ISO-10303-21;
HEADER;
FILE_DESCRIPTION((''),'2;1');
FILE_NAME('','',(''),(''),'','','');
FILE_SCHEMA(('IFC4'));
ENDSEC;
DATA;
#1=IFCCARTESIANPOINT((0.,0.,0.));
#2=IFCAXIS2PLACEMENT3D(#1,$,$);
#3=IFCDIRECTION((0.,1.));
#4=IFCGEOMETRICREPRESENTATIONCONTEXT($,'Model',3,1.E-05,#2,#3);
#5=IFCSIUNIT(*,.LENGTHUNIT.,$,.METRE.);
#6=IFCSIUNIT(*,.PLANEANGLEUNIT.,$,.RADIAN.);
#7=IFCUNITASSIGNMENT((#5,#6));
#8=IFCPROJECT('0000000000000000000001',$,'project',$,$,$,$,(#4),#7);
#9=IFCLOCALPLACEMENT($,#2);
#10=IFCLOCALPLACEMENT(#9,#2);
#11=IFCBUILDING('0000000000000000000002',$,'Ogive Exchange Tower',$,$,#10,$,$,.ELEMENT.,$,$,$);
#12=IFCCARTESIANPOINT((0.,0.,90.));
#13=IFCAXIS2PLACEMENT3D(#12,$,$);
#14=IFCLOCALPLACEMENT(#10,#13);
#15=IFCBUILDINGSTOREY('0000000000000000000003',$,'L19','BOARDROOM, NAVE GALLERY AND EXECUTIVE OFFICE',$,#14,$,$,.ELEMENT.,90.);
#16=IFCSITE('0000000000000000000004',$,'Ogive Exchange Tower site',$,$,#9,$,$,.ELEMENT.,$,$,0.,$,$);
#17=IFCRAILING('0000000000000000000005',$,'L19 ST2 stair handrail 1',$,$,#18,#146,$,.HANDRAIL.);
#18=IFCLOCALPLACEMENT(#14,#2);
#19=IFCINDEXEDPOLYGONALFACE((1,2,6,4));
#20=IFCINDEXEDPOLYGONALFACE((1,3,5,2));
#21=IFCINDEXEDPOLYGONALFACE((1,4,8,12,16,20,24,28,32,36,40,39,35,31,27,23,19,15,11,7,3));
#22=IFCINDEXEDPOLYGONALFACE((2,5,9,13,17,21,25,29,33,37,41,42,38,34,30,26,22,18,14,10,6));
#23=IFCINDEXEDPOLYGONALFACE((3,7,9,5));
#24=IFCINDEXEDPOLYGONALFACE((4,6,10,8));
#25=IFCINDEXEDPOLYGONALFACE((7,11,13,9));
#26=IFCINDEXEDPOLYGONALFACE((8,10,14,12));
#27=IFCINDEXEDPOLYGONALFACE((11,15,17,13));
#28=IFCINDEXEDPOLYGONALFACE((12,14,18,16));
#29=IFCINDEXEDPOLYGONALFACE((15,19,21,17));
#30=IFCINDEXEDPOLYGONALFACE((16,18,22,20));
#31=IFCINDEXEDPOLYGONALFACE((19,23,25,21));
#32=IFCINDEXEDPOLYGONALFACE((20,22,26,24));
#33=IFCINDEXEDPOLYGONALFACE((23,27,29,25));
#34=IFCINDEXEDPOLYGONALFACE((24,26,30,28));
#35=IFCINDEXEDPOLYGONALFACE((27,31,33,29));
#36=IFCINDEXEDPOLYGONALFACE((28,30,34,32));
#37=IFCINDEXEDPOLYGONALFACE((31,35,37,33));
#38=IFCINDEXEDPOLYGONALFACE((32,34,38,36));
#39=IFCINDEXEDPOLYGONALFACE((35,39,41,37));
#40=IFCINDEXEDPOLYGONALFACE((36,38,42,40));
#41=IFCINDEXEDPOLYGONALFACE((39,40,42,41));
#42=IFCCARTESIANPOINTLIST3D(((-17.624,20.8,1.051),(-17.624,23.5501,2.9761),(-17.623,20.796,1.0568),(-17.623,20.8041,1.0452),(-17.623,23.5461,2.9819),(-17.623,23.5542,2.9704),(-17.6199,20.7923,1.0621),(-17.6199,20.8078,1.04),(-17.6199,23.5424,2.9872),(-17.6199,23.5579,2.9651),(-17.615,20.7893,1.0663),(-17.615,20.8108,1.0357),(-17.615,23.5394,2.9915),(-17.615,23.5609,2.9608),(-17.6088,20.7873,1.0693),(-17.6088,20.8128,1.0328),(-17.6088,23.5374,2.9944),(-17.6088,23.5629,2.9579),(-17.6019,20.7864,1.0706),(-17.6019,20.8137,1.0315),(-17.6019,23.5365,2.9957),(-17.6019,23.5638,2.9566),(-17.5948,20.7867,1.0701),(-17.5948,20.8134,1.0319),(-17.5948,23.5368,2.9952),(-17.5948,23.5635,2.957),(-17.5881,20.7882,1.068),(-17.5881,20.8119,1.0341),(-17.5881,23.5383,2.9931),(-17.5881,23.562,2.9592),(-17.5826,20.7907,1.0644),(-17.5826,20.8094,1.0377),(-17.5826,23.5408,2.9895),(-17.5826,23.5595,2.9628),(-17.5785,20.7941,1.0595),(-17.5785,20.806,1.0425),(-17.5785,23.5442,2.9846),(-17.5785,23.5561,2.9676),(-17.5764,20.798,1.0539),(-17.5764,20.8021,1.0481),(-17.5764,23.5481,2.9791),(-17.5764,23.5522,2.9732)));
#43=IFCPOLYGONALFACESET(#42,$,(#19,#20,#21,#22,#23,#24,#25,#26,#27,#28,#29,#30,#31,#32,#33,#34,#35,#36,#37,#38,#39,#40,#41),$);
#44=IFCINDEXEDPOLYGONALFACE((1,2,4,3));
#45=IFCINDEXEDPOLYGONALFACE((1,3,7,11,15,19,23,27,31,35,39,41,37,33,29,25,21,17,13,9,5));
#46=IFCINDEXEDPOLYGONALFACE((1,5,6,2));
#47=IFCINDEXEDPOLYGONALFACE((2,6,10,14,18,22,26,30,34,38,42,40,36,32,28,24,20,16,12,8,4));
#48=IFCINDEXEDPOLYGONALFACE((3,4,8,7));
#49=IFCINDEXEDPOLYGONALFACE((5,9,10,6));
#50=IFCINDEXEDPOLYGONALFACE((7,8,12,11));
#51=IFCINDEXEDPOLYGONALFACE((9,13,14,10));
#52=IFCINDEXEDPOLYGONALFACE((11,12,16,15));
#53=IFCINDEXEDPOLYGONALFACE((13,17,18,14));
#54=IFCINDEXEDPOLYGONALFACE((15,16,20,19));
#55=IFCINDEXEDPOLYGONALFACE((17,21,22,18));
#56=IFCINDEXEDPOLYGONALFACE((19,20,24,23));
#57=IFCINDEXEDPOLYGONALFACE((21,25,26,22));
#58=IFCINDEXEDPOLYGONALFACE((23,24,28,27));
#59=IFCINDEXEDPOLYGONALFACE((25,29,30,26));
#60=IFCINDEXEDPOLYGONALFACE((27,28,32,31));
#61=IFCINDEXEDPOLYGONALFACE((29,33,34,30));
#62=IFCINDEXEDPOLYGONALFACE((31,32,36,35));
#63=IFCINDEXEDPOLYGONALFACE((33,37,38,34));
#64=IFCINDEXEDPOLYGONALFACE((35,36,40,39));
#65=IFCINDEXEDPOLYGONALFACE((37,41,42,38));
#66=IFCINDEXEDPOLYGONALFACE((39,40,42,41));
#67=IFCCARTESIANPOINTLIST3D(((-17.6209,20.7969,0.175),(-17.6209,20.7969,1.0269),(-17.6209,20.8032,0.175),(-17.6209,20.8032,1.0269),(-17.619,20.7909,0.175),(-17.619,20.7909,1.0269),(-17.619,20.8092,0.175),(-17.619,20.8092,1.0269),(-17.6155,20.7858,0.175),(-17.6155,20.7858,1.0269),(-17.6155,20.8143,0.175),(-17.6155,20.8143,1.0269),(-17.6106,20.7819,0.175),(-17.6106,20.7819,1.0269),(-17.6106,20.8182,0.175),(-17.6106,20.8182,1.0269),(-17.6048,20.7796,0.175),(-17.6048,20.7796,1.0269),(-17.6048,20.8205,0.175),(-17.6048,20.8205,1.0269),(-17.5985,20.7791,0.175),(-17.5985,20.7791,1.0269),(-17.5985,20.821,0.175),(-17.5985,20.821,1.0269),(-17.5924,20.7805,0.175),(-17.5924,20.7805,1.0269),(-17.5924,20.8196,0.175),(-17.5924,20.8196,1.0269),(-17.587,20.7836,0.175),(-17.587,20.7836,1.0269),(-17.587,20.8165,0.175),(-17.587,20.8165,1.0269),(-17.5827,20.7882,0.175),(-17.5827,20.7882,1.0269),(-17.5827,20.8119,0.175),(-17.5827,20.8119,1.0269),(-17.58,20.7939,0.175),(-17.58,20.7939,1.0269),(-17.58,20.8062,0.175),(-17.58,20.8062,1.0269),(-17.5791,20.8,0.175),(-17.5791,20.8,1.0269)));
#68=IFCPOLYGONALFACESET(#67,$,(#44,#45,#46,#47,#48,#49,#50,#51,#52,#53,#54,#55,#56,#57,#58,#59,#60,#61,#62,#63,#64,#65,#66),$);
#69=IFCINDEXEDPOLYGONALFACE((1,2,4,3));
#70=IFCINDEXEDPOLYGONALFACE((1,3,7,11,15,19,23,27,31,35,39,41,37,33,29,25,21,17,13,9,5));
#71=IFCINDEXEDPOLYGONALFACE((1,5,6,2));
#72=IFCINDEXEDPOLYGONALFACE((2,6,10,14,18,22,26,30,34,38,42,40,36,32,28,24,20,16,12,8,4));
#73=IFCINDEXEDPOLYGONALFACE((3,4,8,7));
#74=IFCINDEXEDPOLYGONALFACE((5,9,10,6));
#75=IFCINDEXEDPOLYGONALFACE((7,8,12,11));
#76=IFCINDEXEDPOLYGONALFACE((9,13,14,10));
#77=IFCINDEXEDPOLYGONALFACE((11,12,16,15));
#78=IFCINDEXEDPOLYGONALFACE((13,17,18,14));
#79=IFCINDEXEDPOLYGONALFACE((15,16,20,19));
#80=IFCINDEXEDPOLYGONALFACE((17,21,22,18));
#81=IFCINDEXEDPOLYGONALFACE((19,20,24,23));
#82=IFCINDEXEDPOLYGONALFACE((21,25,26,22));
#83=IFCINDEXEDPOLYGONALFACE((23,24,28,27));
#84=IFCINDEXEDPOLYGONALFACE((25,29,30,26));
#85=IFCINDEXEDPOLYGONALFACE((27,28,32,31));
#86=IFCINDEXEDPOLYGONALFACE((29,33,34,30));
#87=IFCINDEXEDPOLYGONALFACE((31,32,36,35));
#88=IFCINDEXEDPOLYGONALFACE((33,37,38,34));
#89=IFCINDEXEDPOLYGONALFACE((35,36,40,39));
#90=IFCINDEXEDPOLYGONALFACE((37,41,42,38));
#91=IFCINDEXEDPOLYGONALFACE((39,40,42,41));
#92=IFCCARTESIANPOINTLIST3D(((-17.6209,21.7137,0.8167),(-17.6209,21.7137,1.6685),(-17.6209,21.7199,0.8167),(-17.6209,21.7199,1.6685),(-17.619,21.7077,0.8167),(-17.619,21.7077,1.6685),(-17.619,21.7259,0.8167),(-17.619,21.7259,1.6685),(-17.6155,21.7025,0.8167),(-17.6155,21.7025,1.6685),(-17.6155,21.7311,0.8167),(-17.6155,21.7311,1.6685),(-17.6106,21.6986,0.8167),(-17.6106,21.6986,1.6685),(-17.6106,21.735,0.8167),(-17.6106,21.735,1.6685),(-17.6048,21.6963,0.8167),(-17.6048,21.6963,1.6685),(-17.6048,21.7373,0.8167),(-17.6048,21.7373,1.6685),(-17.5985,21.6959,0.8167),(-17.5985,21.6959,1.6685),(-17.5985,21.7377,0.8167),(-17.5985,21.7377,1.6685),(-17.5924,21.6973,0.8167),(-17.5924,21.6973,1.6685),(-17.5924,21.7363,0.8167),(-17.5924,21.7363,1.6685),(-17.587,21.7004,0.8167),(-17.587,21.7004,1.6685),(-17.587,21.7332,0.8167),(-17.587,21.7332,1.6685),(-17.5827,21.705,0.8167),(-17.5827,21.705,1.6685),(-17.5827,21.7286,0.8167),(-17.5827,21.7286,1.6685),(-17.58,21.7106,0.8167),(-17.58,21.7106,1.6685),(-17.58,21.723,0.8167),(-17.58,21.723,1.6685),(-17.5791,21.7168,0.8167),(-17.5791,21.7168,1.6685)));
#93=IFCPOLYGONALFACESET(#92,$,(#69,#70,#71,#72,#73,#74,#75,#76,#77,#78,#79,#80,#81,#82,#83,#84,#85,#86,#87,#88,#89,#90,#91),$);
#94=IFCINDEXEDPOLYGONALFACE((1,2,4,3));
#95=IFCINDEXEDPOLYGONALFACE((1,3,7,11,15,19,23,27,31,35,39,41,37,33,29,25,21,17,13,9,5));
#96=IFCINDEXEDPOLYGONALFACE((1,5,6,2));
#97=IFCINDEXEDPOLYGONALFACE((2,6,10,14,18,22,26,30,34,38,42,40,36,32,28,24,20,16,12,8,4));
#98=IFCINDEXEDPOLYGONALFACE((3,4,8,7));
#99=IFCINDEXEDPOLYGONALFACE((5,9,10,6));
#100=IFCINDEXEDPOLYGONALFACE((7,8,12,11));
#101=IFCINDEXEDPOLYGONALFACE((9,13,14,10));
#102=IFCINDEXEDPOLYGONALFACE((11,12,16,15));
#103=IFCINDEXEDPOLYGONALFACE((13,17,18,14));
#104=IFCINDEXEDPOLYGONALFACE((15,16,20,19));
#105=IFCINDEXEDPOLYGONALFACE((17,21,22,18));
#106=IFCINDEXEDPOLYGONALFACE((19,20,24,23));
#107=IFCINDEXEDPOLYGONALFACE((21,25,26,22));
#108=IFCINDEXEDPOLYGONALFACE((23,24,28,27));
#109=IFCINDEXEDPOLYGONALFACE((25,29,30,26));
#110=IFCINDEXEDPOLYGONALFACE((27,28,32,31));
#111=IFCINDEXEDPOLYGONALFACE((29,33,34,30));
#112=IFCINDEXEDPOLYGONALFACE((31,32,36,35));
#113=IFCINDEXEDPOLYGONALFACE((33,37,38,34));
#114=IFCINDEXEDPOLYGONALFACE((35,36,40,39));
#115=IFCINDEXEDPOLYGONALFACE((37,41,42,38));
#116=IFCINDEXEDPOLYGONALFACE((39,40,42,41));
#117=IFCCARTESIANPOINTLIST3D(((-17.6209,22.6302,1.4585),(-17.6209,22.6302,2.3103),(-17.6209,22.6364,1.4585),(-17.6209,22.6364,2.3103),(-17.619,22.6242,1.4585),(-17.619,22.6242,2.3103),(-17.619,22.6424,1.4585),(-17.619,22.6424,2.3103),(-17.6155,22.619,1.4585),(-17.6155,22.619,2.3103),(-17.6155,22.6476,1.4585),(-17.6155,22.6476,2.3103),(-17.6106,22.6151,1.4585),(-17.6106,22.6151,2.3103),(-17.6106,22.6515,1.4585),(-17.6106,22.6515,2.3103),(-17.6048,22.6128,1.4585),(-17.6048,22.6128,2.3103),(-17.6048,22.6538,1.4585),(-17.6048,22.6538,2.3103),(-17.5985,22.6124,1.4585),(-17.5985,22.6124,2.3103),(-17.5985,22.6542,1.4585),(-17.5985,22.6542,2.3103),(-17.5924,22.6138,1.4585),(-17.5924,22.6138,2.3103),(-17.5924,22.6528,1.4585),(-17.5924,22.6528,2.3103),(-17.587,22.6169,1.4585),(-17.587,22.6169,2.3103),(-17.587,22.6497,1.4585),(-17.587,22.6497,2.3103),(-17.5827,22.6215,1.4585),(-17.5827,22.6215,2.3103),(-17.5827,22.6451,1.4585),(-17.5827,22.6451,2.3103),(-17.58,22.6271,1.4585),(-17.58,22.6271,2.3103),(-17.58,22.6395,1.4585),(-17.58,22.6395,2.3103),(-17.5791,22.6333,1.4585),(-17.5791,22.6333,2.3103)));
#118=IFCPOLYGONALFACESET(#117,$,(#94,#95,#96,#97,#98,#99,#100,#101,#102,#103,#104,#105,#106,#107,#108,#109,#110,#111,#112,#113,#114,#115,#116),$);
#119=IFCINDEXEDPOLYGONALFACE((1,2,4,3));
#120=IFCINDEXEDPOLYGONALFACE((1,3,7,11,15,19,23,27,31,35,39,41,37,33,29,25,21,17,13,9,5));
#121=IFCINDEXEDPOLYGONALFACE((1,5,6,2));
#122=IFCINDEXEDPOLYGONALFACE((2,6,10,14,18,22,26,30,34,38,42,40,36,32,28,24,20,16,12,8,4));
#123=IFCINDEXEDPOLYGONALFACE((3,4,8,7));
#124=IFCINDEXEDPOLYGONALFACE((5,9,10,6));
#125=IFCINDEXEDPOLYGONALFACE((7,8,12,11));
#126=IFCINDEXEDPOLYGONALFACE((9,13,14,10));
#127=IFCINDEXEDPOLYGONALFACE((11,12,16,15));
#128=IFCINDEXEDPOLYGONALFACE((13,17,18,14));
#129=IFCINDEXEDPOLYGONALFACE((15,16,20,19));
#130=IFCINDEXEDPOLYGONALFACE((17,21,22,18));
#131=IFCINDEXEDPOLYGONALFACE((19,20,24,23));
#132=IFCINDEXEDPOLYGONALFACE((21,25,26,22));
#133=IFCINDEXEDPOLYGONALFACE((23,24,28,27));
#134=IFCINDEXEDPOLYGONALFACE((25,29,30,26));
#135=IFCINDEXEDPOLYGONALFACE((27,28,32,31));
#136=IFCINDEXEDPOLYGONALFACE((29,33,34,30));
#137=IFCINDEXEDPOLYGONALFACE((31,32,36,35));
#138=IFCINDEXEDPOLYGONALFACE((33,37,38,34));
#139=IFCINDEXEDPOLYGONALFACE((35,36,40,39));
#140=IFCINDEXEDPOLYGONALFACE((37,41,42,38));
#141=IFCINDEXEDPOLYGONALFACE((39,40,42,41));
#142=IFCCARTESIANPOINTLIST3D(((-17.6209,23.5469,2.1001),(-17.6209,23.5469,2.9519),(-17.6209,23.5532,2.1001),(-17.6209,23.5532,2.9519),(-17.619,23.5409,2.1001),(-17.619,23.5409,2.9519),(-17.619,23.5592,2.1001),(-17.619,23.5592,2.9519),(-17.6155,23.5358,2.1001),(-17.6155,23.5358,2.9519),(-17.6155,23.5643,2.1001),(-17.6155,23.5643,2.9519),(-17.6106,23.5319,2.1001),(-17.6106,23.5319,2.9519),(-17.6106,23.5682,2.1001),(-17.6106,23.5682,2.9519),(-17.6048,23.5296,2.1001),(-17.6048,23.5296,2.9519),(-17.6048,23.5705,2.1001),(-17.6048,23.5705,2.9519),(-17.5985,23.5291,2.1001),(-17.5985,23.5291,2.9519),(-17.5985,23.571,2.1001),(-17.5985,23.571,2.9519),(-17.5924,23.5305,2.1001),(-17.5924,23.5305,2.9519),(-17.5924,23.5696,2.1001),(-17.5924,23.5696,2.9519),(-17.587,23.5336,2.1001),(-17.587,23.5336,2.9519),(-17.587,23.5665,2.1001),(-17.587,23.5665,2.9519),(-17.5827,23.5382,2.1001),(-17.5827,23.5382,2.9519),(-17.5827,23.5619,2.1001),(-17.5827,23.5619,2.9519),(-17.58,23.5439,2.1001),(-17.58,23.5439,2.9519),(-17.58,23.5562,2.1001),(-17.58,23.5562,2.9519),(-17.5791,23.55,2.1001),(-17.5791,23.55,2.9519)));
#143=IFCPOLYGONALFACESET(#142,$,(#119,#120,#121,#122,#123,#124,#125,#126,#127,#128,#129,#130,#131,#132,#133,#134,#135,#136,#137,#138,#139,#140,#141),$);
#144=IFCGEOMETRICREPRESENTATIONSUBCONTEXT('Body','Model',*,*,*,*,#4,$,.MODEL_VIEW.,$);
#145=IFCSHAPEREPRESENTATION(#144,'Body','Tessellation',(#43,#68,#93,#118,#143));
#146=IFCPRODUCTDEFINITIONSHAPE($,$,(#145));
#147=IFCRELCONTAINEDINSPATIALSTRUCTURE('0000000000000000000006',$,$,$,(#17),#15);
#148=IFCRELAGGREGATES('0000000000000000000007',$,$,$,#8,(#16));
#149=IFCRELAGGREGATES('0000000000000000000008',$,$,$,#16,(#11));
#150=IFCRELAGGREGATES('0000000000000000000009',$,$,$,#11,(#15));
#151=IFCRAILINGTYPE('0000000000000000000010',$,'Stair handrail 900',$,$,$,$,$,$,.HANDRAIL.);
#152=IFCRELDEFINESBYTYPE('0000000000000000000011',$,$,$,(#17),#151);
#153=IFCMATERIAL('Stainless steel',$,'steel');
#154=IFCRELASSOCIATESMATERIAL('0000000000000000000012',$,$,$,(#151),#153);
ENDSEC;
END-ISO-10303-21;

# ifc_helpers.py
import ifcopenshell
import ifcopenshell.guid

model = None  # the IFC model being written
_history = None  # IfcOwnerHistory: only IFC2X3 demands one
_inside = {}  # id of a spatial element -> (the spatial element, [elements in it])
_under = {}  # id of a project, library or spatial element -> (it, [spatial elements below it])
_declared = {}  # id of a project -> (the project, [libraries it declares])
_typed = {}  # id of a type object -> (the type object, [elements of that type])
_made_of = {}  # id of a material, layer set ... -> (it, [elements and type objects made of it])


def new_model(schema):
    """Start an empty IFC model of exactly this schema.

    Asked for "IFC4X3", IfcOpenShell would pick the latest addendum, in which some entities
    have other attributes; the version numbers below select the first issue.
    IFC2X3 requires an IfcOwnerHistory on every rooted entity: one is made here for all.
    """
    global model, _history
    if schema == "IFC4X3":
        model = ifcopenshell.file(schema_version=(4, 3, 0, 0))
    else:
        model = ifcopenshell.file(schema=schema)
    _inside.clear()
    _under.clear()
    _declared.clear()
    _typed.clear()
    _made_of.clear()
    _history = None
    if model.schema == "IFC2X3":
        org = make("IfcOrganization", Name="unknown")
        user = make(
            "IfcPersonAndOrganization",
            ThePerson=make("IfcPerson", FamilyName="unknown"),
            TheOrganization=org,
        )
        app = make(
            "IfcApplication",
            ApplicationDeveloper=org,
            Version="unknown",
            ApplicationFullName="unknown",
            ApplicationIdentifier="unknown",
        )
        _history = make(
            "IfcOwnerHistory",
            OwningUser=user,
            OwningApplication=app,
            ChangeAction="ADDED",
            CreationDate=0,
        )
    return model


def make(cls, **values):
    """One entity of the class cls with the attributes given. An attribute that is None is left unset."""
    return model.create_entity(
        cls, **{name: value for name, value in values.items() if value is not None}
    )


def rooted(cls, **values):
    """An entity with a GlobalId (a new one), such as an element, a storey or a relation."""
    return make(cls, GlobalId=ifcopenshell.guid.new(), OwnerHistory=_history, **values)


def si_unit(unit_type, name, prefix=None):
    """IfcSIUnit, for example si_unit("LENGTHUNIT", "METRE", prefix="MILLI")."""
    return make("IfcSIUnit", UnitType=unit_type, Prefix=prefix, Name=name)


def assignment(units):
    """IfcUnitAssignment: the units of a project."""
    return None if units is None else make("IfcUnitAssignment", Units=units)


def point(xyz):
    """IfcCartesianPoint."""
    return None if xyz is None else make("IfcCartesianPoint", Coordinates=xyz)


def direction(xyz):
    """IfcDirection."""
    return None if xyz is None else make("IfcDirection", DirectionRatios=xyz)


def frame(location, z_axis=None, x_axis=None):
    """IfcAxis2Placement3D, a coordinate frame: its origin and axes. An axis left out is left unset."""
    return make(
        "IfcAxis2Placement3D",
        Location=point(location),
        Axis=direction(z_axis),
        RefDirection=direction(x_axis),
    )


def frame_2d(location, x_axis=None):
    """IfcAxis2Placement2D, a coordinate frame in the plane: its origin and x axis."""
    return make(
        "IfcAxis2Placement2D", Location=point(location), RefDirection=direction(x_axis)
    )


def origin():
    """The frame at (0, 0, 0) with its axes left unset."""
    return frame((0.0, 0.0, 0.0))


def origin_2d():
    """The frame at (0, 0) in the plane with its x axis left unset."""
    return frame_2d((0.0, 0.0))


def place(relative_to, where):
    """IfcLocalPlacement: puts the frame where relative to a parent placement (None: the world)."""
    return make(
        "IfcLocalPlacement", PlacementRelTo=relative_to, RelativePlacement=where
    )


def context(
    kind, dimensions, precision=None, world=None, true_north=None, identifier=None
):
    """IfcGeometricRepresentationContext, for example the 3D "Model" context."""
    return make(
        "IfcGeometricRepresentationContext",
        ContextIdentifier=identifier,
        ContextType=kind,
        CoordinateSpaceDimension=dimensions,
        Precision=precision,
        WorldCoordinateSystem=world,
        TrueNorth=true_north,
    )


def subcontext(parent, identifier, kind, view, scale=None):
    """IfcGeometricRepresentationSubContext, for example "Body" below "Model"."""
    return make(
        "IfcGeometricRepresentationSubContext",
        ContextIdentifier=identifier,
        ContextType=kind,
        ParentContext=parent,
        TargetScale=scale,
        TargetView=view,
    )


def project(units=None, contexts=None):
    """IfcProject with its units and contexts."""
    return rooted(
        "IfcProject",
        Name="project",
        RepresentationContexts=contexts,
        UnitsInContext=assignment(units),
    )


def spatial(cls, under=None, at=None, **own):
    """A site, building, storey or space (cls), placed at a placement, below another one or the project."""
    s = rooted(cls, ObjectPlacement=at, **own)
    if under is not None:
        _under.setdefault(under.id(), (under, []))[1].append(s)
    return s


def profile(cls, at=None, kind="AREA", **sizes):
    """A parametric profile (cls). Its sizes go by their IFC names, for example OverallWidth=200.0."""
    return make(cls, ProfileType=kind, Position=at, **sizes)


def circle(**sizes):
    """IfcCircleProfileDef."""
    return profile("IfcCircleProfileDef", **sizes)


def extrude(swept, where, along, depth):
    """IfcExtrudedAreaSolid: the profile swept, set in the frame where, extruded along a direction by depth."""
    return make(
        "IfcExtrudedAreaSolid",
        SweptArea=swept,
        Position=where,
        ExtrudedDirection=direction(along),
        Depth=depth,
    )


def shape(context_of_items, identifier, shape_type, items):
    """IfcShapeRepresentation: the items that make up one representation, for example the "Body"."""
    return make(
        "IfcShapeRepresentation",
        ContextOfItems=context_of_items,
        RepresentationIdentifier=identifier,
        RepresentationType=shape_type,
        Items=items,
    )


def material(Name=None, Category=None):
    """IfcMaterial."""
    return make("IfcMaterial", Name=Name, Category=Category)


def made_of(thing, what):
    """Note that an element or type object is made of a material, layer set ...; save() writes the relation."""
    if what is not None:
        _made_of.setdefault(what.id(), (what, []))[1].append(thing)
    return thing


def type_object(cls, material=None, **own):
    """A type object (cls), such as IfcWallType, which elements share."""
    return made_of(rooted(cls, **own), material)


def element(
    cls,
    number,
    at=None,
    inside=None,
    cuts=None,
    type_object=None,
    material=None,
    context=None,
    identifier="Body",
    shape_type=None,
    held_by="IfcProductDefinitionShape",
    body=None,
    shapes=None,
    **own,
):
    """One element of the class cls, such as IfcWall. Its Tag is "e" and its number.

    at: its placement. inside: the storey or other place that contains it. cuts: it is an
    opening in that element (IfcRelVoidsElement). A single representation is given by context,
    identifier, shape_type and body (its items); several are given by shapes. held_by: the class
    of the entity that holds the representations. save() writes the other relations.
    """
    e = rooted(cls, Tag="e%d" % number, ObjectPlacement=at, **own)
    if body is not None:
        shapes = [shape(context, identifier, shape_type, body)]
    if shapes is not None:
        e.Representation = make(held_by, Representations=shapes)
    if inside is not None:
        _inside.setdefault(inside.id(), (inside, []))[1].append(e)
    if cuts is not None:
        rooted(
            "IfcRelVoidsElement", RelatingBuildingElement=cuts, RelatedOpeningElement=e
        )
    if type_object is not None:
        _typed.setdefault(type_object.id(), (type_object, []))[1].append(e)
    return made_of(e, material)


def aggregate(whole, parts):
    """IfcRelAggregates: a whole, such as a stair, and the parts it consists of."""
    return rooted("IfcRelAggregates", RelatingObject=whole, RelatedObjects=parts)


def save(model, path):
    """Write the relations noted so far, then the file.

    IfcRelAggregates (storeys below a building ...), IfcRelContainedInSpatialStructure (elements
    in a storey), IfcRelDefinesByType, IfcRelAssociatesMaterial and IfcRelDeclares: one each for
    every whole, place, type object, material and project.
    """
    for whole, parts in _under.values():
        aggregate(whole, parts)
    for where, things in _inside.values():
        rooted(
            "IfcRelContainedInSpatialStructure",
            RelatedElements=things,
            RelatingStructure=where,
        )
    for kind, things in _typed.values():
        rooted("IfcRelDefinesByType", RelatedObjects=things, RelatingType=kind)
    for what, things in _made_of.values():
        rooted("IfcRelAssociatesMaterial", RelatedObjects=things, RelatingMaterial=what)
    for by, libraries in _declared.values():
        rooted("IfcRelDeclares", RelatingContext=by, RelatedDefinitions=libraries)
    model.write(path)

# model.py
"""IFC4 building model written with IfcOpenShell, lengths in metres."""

from ifc_helpers import new_model, si_unit, direction, frame, origin, origin_2d, place, context, subcontext, project, spatial, circle, extrude, material, type_object, element, save


model = new_model("IFC4")

# Units and contexts
model_context = context("Model", 3, precision=1e-05, world=origin(), true_north=direction((0.0, 1.0)))
body_context = subcontext(model_context, "Body", "Model", "MODEL_VIEW")
ifc_project = project(units=[si_unit("LENGTHUNIT", "METRE"), si_unit("PLANEANGLEUNIT", "RADIAN")], contexts=[model_context])

# Site, building, storey
site_placement = place(None, origin())
site = spatial("IfcSite", under=ifc_project, at=site_placement, Name="Ogive Exchange Tower site", CompositionType="ELEMENT", RefElevation=0.0)
building_placement = place(site_placement, origin())
building = spatial("IfcBuilding", under=site, at=building_placement, Name="Ogive Exchange Tower", CompositionType="ELEMENT")
storey_placement = place(building_placement, frame((0.0, 0.0, 90.0)))
storey = spatial("IfcBuildingStorey", under=building, at=storey_placement, Name="L19", Description="BOARDROOM, NAVE GALLERY AND EXECUTIVE OFFICE", CompositionType="ELEMENT", Elevation=90.0)

# Railing
ifc_material_1 = material(Name="Stainless steel", Category="steel")
railing_type = type_object("IfcRailingType", Name="Stair handrail 900", PredefinedType="HANDRAIL", material=ifc_material_1)
railing_1_placement = place(storey_placement, frame((-17.6001, 20.8, 0.175)))
element("IfcRailing", 1, at=railing_1_placement, inside=storey, type_object=railing_type, Name="L19 ST2 stair handrail 1", PredefinedType="HANDRAIL", context=body_context, shape_type="SweptSolid", body=[
    extrude(circle(Radius=0.0239, at=origin_2d()), frame((0.0, 0.0, 0.876), z_axis=(0.0, 0.819225, 0.573472), x_axis=(-1.0, 0.0, 0.0)), (0.0, 0.0, 1.0), 3.3569),
    extrude(circle(Radius=0.021, at=origin_2d()), origin(), (0.0, 0.0, 1.0), 0.8518),
    extrude(circle(Radius=0.021, at=origin_2d()), frame((0.0, 0.9167, 0.6416)), (0.0, 0.0, 1.0), 0.8518),
    extrude(circle(Radius=0.021, at=origin_2d()), frame((0.0, 1.8333, 1.2834)), (0.0, 0.0, 1.0), 0.8518),
    extrude(circle(Radius=0.021, at=origin_2d()), frame((0.0, 2.75, 1.925)), (0.0, 0.0, 1.0), 0.8518),
])

save(model, "model.ifc")
